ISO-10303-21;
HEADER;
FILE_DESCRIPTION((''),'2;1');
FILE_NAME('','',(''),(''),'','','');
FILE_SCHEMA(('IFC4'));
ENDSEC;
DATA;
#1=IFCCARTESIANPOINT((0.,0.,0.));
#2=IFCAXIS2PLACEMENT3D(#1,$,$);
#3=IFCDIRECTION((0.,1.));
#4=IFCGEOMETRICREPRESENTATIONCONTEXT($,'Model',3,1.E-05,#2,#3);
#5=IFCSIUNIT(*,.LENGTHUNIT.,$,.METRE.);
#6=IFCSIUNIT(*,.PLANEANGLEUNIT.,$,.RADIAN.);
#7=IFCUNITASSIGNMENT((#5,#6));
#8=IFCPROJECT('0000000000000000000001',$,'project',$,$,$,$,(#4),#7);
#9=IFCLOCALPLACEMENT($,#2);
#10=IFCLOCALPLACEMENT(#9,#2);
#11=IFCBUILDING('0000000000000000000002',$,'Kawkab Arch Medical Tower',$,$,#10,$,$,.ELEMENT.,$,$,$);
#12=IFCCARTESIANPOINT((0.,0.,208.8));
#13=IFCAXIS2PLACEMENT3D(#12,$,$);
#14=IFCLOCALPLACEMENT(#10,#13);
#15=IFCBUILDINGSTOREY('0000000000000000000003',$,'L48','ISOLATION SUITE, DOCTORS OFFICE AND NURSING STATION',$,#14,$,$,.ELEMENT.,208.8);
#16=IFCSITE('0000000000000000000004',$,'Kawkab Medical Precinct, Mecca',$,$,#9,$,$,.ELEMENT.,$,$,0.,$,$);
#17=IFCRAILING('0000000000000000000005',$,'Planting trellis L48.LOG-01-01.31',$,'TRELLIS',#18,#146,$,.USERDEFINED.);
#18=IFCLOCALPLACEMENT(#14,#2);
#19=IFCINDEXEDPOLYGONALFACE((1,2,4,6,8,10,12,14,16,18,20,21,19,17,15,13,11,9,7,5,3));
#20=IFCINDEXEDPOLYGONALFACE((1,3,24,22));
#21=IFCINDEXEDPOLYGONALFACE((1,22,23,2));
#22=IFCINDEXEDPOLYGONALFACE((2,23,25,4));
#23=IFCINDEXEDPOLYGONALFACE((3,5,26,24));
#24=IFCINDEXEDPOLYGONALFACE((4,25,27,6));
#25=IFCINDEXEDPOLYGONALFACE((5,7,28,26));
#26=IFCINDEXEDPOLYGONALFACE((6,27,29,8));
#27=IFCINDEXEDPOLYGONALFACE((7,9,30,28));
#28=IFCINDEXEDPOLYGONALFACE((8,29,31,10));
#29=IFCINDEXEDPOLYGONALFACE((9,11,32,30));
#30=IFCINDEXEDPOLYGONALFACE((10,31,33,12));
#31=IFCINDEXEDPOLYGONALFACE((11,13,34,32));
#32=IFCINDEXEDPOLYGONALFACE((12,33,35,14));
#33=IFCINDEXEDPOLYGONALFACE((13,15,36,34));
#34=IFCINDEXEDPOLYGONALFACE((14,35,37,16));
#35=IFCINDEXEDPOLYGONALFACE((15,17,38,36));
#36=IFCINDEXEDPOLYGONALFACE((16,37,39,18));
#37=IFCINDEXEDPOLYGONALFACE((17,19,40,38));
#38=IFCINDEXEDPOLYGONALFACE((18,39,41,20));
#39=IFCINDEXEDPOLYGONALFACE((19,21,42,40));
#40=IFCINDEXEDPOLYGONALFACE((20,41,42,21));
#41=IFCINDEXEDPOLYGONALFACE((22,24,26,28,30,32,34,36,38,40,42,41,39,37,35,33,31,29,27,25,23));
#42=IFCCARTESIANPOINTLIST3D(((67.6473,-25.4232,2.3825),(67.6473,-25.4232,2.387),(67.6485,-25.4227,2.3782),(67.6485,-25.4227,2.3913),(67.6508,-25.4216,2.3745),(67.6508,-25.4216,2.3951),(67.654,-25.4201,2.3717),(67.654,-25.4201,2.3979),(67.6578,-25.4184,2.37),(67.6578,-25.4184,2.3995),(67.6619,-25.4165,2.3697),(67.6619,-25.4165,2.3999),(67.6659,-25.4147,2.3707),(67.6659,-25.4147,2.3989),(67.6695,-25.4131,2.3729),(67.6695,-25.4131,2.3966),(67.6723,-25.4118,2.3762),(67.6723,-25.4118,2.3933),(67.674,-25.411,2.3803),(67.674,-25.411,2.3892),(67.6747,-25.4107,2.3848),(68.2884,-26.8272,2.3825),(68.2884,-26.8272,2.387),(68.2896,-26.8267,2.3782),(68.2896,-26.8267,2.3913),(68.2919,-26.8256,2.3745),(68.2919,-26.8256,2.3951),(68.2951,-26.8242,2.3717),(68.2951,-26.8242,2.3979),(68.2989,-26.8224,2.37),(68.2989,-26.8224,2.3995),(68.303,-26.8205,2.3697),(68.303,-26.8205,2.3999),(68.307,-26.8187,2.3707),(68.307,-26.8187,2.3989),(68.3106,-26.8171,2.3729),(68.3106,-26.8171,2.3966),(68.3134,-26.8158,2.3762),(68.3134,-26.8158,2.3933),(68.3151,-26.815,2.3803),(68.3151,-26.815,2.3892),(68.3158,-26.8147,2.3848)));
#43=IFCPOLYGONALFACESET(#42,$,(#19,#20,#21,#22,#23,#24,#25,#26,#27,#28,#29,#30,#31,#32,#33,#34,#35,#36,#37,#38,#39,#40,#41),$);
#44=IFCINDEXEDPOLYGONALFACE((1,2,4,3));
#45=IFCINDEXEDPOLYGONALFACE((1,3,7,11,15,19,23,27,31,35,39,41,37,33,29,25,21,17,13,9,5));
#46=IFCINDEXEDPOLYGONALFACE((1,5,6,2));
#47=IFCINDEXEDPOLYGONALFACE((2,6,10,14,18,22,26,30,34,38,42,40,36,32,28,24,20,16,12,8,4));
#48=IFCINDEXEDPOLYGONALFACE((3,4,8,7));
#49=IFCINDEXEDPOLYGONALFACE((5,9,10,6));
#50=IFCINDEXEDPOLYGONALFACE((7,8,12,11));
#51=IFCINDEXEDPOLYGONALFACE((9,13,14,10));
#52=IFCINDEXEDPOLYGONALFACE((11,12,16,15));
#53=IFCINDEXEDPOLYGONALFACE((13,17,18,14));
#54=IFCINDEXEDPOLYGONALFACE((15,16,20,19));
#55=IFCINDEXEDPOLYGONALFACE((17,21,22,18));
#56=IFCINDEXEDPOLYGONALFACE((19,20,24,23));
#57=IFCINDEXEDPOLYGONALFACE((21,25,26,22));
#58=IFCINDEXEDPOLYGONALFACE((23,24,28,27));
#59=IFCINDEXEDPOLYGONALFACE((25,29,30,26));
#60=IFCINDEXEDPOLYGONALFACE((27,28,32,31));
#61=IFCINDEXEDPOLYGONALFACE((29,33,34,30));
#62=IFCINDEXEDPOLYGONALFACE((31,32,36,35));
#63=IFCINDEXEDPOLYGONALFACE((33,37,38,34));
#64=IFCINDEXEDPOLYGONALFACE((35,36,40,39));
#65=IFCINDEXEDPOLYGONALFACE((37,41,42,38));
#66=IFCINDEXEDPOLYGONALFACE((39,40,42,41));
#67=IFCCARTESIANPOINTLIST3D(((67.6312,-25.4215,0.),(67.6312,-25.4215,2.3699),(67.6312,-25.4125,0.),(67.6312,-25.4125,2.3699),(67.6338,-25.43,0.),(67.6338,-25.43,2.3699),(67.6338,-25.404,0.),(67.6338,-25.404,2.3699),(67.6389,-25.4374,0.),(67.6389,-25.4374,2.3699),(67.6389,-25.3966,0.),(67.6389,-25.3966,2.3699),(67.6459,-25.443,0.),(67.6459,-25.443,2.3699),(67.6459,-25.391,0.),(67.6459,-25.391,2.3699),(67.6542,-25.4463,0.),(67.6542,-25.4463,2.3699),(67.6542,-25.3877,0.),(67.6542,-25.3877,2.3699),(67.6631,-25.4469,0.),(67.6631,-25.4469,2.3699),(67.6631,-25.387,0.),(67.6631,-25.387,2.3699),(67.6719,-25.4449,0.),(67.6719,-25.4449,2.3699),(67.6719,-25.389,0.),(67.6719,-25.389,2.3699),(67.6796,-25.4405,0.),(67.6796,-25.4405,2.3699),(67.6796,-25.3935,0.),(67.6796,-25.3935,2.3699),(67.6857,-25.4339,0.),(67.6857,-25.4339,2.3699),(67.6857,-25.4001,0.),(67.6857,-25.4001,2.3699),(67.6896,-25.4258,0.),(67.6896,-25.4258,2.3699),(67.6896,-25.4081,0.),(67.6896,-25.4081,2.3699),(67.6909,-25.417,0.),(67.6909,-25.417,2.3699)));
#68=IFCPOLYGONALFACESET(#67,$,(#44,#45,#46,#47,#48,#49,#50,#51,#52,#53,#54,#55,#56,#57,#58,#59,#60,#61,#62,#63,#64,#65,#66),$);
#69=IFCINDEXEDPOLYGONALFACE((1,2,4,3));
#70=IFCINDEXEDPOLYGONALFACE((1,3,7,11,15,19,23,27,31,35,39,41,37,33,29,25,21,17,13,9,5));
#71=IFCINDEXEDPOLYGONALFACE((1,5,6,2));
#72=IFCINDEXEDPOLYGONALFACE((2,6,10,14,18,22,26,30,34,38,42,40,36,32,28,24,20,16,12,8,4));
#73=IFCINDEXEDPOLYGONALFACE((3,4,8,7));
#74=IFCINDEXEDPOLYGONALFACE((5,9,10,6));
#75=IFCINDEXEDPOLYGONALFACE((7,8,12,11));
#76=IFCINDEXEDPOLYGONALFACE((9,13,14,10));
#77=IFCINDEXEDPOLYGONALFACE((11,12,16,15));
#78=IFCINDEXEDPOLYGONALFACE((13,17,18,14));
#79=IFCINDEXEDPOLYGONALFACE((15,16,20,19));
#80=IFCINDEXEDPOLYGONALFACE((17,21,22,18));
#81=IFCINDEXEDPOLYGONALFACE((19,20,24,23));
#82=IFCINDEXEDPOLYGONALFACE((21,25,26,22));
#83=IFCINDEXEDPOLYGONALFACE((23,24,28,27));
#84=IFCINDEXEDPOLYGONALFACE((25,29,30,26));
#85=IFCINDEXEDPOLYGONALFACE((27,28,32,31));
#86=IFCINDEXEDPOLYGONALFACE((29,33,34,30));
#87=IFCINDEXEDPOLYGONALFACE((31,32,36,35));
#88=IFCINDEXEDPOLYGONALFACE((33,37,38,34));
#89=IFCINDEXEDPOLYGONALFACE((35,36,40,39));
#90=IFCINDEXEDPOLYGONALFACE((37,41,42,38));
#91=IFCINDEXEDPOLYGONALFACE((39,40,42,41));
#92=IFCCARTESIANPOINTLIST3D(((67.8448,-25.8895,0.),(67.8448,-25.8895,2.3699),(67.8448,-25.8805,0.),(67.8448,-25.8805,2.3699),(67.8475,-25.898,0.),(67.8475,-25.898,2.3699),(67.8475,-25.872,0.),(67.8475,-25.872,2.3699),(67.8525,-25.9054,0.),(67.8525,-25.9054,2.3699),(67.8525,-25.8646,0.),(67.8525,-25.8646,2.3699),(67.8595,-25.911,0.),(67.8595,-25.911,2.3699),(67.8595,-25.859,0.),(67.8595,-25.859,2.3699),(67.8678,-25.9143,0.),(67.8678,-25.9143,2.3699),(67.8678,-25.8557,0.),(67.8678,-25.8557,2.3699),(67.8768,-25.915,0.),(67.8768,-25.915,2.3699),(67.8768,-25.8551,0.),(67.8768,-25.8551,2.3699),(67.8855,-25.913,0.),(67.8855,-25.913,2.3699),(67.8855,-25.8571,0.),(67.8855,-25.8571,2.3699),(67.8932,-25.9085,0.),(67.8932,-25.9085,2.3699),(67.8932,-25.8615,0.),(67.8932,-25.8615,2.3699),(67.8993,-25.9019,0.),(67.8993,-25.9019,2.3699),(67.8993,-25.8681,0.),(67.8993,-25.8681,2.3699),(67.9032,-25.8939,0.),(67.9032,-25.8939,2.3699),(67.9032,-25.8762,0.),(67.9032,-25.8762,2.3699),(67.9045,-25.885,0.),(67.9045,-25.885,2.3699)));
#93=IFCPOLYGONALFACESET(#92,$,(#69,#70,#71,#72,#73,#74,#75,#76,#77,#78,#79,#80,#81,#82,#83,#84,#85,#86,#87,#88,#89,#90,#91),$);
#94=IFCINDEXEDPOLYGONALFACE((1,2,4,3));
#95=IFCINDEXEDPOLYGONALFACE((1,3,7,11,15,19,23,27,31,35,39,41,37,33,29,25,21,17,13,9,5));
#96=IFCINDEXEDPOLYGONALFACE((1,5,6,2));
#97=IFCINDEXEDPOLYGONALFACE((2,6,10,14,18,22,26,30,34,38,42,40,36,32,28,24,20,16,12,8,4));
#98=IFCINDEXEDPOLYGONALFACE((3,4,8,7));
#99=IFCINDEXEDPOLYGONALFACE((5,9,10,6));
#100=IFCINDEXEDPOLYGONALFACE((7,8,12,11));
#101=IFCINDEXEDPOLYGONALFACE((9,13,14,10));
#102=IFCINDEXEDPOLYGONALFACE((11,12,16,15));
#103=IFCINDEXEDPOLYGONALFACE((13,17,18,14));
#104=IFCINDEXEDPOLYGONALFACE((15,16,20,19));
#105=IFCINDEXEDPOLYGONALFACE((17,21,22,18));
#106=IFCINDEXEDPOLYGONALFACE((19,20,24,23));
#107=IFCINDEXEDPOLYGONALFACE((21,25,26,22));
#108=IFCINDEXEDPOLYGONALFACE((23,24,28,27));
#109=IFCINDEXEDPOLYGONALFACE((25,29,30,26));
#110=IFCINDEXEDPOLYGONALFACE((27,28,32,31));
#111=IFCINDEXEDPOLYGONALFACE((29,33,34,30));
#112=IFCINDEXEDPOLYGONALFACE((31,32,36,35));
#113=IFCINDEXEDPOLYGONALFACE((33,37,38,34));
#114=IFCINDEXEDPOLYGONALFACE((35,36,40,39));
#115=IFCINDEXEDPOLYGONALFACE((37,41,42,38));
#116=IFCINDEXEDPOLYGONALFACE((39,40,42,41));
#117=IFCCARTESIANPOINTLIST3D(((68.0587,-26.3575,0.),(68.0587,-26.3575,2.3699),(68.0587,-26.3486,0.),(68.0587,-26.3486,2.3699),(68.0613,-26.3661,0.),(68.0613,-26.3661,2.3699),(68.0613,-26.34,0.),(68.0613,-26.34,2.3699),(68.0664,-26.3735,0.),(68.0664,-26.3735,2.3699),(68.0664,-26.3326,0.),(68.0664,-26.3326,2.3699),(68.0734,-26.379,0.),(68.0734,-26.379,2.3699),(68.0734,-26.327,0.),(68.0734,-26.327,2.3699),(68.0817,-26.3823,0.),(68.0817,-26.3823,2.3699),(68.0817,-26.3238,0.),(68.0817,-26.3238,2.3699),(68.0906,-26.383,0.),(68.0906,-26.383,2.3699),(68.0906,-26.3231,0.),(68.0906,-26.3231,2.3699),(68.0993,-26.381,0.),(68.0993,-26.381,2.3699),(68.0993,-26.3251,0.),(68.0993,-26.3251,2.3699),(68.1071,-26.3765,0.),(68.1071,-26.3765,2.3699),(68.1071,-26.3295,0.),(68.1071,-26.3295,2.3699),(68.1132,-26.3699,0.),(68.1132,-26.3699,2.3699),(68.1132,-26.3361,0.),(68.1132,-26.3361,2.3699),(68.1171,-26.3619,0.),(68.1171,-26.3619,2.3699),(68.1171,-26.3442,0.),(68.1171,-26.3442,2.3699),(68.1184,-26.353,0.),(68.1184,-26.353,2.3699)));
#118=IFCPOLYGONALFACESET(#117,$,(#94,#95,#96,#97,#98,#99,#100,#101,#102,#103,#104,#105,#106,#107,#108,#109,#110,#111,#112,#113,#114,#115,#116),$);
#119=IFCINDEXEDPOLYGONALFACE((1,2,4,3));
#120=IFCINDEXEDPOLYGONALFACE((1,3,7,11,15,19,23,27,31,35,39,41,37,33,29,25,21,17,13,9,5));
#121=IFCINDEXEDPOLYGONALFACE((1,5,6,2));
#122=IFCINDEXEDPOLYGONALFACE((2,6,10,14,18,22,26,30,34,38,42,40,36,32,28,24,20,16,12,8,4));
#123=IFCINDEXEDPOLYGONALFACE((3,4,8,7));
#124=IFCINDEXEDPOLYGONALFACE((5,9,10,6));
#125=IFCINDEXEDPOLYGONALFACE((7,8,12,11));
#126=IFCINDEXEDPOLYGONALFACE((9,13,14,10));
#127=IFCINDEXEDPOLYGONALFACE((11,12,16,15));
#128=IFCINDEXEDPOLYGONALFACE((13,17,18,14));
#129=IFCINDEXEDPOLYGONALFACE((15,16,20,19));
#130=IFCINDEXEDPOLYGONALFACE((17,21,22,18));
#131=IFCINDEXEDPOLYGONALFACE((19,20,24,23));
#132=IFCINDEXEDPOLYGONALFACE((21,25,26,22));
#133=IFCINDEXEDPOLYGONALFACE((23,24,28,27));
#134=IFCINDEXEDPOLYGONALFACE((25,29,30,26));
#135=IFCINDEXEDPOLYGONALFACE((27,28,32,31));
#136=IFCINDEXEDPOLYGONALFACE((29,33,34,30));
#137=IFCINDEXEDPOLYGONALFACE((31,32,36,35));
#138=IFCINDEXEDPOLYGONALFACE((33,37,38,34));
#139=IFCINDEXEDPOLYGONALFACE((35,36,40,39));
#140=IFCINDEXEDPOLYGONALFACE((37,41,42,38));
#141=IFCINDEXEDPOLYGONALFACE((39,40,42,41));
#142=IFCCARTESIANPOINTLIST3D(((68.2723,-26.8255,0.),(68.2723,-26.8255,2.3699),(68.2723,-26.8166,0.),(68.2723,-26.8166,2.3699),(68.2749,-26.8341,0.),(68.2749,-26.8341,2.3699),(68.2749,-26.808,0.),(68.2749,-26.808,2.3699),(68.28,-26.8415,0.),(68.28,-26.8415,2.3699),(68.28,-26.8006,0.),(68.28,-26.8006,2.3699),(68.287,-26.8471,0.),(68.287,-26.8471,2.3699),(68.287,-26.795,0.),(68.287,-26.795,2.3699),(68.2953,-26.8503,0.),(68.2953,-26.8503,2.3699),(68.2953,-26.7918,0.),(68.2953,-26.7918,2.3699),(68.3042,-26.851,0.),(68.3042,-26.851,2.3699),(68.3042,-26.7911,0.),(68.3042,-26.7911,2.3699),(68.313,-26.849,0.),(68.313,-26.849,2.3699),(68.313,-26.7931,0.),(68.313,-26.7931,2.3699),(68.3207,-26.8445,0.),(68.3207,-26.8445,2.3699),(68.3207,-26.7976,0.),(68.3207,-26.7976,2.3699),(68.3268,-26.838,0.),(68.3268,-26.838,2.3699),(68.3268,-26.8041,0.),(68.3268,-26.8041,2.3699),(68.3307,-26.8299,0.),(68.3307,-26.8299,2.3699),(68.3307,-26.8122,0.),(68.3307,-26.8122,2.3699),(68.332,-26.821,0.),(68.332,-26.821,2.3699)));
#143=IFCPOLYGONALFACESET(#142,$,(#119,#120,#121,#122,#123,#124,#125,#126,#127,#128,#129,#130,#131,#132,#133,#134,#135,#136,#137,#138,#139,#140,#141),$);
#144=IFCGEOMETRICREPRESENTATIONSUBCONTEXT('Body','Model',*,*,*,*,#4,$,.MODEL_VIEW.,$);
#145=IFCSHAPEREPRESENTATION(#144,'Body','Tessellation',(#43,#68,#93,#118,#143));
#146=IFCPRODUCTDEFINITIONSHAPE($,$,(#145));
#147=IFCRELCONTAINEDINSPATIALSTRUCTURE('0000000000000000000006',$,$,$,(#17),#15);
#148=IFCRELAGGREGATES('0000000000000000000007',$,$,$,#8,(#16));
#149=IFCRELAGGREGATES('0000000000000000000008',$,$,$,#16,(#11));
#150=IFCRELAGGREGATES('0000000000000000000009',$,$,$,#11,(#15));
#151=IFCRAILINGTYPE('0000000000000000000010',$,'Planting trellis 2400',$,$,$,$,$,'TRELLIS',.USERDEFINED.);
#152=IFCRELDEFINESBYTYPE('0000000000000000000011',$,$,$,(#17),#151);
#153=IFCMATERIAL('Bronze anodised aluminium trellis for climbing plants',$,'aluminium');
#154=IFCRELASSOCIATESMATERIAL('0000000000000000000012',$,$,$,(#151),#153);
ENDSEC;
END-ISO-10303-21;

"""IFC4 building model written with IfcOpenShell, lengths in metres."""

from ifc_helpers import new_model, si_unit, direction, frame, origin, origin_2d, place, context, subcontext, project, spatial, circle, extrude, material, type_object, element, save


model = new_model("IFC4")

# Units and contexts
model_context = context("Model", 3, precision=1e-05, world=origin(), true_north=direction((0.0, 1.0)))
body_context = subcontext(model_context, "Body", "Model", "MODEL_VIEW")
ifc_project = project(units=[si_unit("LENGTHUNIT", "METRE"), si_unit("PLANEANGLEUNIT", "RADIAN")], contexts=[model_context])

# Site, building, storey
site_placement = place(None, origin())
site = spatial("IfcSite", under=ifc_project, at=site_placement, Name="Kawkab Medical Precinct, Mecca", CompositionType="ELEMENT", RefElevation=0.0)
building_placement = place(site_placement, origin())
building = spatial("IfcBuilding", under=site, at=building_placement, Name="Kawkab Arch Medical Tower", CompositionType="ELEMENT")
storey_placement = place(building_placement, frame((0.0, 0.0, 208.8)))
storey = spatial("IfcBuildingStorey", under=building, at=storey_placement, Name="L48", Description="ISOLATION SUITE, DOCTORS OFFICE AND NURSING STATION", CompositionType="ELEMENT", Elevation=208.8)

# Railing
ifc_material_1 = material(Name="Bronze anodised aluminium trellis for climbing plants", Category="aluminium")
railing_type = type_object("IfcRailingType", Name="Planting trellis 2400", ElementType="TRELLIS", PredefinedType="USERDEFINED", material=ifc_material_1)
railing_1_placement = place(storey_placement, frame((67.6609, -25.417, 0.0)))
element("IfcRailing", 1, at=railing_1_placement, inside=storey, type_object=railing_type, Name="Planting trellis L48.LOG-01-01.31", ObjectType="TRELLIS", PredefinedType="USERDEFINED", context=body_context, shape_type="SweptSolid", body=[
    extrude(circle(Radius=0.0151, at=origin_2d()), frame((0.0, 0.0, 2.3848), z_axis=(0.415363, -0.909656, 0.0), x_axis=(0.909656, 0.415363, 0.0)), (0.0, 0.0, 1.0), 1.5435),
    extrude(circle(Radius=0.03, at=origin_2d()), origin(), (0.0, 0.0, 1.0), 2.3699),
    extrude(circle(Radius=0.03, at=origin_2d()), frame((0.2136, -0.468, 0.0)), (0.0, 0.0, 1.0), 2.3699),
    extrude(circle(Radius=0.03, at=origin_2d()), frame((0.4275, -0.936, 0.0)), (0.0, 0.0, 1.0), 2.3699),
    extrude(circle(Radius=0.03, at=origin_2d()), frame((0.6411, -1.4041, 0.0)), (0.0, 0.0, 1.0), 2.3699),
])

save(model, "model.ifc")
